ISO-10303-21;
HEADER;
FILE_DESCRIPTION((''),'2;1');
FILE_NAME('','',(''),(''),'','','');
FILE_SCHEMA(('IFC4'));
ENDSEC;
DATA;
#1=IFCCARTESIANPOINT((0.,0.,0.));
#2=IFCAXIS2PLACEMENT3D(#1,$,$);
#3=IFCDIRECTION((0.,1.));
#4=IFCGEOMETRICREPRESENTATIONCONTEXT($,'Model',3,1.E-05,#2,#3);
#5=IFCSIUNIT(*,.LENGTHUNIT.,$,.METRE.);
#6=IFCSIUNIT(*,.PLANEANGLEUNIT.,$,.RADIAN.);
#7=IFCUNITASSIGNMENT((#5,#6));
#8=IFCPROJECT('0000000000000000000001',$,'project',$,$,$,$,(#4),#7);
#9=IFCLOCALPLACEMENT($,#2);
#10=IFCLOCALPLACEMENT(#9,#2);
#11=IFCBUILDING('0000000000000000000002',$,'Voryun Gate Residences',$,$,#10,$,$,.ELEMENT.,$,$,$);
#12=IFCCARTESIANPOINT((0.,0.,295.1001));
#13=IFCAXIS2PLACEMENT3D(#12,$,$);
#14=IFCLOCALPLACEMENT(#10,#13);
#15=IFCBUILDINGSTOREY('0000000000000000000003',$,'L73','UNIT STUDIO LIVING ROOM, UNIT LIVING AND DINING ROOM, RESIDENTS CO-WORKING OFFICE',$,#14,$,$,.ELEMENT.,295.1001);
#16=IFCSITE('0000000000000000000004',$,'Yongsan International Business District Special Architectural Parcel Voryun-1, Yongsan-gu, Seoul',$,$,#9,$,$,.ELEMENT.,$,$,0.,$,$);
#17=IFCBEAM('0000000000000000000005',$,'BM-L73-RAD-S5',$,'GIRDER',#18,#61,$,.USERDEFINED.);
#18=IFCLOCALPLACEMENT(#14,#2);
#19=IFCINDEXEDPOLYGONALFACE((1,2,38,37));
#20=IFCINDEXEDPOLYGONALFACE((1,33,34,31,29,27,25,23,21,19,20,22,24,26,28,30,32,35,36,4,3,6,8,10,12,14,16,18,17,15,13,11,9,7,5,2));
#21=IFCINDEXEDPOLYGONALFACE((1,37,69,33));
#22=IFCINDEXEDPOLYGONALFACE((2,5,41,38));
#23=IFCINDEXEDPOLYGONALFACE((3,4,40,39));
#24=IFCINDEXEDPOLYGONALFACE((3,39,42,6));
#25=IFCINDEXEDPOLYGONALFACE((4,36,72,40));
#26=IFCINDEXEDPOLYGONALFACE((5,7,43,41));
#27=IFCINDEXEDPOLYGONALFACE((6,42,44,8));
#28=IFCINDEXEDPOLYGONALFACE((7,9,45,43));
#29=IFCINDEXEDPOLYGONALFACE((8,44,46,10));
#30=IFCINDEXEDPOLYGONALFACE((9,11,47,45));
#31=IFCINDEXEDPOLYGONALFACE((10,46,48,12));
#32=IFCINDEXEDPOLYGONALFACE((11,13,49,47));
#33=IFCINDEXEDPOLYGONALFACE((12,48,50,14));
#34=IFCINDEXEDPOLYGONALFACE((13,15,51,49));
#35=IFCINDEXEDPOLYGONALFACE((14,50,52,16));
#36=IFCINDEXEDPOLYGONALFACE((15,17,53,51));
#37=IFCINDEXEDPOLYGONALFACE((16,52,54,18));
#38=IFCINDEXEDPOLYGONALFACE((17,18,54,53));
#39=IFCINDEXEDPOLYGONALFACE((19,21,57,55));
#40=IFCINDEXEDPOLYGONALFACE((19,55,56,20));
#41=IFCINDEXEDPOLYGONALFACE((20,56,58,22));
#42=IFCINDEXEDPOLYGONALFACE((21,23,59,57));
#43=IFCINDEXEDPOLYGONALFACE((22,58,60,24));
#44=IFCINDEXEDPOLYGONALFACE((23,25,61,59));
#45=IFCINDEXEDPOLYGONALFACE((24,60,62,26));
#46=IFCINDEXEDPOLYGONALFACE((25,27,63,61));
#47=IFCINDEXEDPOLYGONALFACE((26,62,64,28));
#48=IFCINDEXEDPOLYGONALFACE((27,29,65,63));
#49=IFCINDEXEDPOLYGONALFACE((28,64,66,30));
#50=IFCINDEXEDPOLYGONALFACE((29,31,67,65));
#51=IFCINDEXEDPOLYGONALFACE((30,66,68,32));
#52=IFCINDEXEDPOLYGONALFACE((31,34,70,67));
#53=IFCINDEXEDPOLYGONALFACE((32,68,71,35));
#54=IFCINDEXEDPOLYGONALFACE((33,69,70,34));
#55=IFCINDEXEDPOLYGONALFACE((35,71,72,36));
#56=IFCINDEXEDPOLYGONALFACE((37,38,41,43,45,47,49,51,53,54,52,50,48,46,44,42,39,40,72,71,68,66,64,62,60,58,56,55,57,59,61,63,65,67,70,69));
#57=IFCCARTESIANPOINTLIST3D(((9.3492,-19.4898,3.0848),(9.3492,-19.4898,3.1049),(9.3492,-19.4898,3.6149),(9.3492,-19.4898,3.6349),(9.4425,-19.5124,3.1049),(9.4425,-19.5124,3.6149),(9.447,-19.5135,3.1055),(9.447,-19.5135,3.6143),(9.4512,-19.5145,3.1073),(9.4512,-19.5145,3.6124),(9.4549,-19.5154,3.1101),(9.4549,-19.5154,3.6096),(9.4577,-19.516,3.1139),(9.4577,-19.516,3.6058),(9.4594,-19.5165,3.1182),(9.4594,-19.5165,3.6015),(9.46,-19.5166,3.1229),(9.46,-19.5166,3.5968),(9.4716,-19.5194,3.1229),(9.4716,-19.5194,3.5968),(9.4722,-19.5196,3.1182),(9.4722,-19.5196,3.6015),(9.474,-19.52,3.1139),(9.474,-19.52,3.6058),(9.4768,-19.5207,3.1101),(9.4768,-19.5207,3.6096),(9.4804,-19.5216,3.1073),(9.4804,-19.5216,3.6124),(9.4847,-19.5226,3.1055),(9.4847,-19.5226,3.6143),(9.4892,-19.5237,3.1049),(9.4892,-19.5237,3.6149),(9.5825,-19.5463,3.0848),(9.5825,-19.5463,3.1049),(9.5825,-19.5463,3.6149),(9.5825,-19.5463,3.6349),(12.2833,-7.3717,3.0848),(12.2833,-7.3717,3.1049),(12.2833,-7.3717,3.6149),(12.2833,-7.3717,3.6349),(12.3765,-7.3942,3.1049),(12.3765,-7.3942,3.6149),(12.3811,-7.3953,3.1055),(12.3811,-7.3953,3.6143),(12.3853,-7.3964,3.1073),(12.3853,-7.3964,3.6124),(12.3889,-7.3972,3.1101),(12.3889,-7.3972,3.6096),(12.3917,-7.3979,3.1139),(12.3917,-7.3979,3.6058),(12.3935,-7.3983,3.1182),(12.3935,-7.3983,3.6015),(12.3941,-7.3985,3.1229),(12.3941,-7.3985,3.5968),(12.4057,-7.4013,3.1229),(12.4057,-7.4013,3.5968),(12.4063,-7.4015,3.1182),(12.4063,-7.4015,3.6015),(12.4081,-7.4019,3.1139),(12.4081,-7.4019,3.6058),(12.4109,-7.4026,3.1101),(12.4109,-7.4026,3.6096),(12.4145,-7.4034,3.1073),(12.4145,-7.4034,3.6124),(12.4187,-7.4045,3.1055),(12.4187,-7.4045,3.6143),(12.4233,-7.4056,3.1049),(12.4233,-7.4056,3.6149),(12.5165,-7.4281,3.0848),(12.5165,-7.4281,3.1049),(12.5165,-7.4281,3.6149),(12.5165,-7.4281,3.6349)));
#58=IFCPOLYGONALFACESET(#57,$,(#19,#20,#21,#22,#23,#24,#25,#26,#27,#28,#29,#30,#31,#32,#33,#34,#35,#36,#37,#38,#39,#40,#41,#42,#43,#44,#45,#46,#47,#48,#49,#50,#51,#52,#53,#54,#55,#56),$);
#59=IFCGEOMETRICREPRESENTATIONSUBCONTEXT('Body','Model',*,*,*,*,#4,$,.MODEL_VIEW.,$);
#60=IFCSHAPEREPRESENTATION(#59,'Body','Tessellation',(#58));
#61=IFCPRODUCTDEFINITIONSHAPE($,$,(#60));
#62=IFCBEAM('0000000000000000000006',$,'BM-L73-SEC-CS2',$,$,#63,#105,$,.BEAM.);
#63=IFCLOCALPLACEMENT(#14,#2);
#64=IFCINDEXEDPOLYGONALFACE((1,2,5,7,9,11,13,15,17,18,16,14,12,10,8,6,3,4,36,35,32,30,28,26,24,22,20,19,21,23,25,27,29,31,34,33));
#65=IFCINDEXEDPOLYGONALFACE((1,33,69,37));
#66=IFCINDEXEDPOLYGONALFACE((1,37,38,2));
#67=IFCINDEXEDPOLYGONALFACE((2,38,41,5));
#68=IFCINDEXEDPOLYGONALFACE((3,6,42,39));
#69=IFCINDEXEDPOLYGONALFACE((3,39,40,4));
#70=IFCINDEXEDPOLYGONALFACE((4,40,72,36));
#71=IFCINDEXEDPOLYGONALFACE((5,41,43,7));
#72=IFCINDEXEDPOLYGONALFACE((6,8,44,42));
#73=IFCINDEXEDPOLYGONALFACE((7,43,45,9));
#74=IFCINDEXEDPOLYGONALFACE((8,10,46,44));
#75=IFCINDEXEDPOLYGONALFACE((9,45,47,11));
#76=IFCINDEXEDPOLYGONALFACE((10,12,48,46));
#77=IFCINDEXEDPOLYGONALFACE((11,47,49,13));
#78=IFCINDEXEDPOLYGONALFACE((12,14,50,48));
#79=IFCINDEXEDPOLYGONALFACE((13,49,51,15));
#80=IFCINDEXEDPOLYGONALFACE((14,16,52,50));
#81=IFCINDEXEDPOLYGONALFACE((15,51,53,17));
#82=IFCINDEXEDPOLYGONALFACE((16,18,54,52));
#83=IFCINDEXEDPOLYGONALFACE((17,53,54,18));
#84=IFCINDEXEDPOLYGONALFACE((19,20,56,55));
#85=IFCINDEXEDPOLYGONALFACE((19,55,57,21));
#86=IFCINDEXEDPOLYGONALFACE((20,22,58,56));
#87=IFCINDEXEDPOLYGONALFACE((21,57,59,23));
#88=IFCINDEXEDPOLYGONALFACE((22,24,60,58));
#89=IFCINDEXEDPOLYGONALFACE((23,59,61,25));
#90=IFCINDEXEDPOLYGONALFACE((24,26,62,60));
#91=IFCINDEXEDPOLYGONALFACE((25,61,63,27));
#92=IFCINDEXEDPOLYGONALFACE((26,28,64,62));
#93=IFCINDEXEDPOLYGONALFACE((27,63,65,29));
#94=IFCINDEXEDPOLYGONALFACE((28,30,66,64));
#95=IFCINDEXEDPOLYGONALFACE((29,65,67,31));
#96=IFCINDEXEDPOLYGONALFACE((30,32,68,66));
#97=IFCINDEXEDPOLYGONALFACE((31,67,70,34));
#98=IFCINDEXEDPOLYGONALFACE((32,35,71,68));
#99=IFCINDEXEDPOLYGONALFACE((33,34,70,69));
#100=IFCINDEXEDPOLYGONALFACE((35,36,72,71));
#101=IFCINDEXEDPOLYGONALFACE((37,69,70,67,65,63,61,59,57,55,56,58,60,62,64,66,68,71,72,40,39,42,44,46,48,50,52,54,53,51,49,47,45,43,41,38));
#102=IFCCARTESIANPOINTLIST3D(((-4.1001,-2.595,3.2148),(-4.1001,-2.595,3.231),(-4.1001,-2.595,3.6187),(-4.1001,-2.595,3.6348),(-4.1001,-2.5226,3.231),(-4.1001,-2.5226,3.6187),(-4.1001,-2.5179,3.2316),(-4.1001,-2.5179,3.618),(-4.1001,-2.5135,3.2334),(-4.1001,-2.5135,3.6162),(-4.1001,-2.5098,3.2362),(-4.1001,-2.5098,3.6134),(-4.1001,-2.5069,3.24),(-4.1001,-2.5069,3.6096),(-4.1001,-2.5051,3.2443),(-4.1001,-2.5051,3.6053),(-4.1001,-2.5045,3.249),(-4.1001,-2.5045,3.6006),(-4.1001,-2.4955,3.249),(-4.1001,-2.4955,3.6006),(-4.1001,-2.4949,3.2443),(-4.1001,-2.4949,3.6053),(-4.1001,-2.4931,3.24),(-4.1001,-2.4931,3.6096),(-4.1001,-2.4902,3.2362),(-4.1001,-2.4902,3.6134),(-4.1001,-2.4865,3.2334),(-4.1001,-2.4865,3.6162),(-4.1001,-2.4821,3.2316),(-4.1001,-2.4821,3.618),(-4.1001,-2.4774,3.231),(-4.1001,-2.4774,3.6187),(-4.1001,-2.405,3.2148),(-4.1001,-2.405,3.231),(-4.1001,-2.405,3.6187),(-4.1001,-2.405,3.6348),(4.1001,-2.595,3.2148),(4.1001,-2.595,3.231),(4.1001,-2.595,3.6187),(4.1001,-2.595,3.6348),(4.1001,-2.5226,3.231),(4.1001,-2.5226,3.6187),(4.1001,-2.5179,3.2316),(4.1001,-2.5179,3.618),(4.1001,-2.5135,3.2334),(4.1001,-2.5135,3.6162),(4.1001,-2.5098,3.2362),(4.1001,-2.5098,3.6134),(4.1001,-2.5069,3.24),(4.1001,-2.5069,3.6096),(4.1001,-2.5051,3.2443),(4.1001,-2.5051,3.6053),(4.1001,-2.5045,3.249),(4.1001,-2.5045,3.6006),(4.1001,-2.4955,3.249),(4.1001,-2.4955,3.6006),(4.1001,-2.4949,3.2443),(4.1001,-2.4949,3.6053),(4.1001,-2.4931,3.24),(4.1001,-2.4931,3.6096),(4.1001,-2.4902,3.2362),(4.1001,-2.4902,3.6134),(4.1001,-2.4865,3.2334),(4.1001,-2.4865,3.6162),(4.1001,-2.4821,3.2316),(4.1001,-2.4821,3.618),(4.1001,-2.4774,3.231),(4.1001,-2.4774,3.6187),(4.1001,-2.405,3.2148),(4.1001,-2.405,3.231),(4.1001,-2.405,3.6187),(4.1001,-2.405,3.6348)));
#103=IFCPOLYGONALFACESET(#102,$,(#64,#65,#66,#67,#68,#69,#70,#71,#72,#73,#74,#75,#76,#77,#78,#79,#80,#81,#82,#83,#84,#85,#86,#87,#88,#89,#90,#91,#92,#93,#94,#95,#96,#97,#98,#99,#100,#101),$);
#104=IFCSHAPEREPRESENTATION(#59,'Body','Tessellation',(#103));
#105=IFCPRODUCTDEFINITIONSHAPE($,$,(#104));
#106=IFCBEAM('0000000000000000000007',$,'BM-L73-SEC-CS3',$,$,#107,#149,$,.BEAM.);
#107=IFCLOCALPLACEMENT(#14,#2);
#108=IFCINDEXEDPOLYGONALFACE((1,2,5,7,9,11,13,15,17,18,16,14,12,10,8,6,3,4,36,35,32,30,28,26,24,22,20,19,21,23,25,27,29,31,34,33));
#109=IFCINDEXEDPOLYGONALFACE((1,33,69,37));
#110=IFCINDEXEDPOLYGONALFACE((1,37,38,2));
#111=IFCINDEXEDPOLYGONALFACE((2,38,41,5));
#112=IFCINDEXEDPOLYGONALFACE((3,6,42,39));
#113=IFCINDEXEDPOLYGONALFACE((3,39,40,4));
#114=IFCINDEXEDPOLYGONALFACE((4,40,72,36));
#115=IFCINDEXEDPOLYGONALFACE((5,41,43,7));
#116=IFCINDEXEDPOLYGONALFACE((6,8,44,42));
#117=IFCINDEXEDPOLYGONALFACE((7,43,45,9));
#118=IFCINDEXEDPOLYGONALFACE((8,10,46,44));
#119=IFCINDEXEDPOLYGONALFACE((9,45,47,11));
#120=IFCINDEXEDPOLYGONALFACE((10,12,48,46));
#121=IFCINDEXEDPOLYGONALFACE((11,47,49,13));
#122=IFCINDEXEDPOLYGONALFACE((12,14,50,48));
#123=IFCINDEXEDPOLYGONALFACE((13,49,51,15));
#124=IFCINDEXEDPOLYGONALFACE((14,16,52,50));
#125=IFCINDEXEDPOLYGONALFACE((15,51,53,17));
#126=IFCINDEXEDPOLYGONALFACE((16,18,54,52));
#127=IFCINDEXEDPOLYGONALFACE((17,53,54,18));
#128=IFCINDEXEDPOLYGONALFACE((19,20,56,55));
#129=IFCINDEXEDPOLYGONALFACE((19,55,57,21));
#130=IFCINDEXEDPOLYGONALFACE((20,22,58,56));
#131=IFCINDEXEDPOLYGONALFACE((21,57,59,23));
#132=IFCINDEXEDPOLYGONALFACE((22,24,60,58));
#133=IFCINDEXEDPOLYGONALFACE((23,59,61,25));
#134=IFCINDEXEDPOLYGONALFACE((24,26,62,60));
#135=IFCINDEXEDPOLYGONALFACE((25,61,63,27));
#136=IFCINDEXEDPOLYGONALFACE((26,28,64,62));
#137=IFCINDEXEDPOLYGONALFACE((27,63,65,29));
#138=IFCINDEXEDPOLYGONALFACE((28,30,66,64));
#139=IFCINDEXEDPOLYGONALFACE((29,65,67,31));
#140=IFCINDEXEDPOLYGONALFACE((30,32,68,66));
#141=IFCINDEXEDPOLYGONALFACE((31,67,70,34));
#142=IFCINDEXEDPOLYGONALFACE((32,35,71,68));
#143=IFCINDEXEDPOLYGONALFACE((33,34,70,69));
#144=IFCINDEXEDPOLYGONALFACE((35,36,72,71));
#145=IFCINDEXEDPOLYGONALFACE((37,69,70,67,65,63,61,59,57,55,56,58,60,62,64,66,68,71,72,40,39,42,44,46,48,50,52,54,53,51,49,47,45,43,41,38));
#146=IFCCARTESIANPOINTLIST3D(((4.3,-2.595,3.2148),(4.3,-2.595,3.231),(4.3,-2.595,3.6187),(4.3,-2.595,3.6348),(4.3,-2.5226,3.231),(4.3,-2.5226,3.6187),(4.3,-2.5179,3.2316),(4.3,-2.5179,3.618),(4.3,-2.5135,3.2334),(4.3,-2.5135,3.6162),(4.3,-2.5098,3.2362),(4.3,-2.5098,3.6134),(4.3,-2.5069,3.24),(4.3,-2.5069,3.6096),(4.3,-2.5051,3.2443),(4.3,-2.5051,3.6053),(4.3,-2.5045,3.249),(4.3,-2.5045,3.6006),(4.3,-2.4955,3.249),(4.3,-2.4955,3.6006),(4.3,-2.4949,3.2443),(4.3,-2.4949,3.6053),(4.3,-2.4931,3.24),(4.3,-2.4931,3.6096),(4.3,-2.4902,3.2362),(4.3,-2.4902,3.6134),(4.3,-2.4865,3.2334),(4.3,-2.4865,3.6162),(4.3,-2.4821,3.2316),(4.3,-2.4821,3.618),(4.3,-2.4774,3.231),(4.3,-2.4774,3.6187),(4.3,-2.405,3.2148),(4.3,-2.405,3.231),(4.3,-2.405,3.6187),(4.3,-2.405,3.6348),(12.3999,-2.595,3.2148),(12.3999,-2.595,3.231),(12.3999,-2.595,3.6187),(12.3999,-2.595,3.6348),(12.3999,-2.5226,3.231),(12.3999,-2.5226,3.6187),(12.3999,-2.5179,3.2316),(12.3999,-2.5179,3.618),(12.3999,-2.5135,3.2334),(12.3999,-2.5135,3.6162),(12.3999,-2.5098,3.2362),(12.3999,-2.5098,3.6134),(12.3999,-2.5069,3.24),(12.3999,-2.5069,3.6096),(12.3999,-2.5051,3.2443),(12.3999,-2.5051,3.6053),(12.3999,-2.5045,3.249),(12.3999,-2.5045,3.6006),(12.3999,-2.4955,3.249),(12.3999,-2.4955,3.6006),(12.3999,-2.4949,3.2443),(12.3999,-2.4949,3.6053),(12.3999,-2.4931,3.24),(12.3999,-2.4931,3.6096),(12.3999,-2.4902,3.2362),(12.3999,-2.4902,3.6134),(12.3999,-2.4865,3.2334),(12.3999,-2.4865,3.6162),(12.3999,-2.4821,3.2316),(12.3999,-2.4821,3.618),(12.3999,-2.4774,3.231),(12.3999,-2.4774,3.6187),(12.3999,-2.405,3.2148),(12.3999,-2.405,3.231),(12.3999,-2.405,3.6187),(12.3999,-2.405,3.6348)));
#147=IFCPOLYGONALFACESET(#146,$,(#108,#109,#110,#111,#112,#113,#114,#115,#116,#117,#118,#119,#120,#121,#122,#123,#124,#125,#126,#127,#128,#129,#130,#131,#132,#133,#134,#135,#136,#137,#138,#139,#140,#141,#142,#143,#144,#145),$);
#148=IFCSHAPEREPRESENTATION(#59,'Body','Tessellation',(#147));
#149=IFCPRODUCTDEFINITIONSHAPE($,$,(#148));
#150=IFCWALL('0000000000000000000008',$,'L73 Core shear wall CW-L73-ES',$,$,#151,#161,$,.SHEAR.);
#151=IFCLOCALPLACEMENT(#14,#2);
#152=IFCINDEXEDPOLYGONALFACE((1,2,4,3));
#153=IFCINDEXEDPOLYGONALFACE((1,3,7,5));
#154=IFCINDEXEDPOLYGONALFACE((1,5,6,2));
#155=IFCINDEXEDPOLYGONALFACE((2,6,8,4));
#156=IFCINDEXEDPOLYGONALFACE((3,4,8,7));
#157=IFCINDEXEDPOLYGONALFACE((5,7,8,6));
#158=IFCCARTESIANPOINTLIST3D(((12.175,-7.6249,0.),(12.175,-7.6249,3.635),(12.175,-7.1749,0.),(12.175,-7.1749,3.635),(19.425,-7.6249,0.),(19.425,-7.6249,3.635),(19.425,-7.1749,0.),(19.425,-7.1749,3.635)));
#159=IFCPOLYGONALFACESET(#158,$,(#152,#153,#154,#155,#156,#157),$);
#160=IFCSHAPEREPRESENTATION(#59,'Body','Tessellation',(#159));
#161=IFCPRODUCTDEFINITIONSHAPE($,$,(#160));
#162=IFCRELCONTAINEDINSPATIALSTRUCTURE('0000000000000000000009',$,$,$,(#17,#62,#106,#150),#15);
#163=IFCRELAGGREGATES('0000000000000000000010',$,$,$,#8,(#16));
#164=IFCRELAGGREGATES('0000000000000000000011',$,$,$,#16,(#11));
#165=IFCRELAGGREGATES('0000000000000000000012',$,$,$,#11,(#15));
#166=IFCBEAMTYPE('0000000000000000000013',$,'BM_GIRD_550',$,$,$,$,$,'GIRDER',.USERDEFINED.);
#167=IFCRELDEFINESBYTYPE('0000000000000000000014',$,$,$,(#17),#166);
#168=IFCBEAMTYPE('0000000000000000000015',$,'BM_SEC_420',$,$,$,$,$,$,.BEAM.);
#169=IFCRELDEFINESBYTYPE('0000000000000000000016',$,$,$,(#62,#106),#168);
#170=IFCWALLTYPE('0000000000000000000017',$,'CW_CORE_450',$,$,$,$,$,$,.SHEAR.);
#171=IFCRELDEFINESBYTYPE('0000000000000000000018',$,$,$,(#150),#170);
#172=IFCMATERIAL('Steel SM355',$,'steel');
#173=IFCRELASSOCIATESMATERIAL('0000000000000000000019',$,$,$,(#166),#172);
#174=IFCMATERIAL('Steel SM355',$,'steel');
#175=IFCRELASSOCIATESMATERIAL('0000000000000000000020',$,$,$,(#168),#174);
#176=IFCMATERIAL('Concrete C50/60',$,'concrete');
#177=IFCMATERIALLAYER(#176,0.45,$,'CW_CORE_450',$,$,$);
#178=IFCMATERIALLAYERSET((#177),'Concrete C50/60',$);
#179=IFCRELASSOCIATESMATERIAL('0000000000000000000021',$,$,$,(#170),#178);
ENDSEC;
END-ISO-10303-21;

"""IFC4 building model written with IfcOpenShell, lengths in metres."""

from ifc_helpers import new_model, si_unit, direction, frame, frame_2d, origin, origin_2d, place, context, subcontext, project, spatial, rectangle, i_section, extrude, material, layer, layer_set, material_profile, profile_set, type_object, element, save


model = new_model("IFC4")

# Units and contexts
model_context = context("Model", 3, precision=1e-05, world=origin(), true_north=direction((0.0, 1.0)))
body_context = subcontext(model_context, "Body", "Model", "MODEL_VIEW")
ifc_project = project(units=[si_unit("LENGTHUNIT", "METRE"), si_unit("PLANEANGLEUNIT", "RADIAN")], contexts=[model_context])

# Site, building, storey
site_placement = place(None, origin())
site = spatial("IfcSite", under=ifc_project, at=site_placement, Name="Yongsan International Business District Special Architectural Parcel Voryun-1, Yongsan-gu, Seoul", CompositionType="ELEMENT", RefElevation=0.0)
building_placement = place(site_placement, origin())
building = spatial("IfcBuilding", under=site, at=building_placement, Name="Voryun Gate Residences", CompositionType="ELEMENT")
storey_placement = place(building_placement, frame((0.0, 0.0, 295.1001)))
storey = spatial("IfcBuildingStorey", under=building, at=storey_placement, Name="L73", Description="UNIT STUDIO LIVING ROOM, UNIT LIVING AND DINING ROOM, RESIDENTS CO-WORKING OFFICE", CompositionType="ELEMENT", Elevation=295.1001)

# Beams
ifc_material_1 = material(Name="Steel SM355", Category="steel")
ifc_material_profile_1 = material_profile(ifc_material_1, i_section(OverallWidth=0.24, OverallDepth=0.55, WebThickness=0.012, FlangeThickness=0.02, FilletRadius=0.0181, at=origin_2d()), Name="H-550x240x12x20")
ifc_profile_set_1 = profile_set([ifc_material_profile_1], Name="Steel SM355")
beam_type_1 = type_object("IfcBeamType", Name="BM_GIRD_550", ElementType="GIRDER", PredefinedType="USERDEFINED", material=ifc_profile_set_1)
beam_1_placement = place(storey_placement, frame((12.3999, -7.3999, 3.3599), z_axis=(-0.235323, -0.971917, 0.0), x_axis=(0.971917, -0.235323, 0.0)))
element("IfcBeam", 1, at=beam_1_placement, inside=storey, type_object=beam_type_1, Name="BM-L73-RAD-S5", ObjectType="GIRDER", PredefinedType="USERDEFINED", context=body_context, shape_type="SweptSolid", body=[
    extrude(i_section(OverallWidth=0.24, OverallDepth=0.55, WebThickness=0.012, FlangeThickness=0.02, FilletRadius=0.0181, at=origin_2d()), origin(), (0.0, 0.0, 1.0), 12.4683),
])
ifc_material_2 = material(Name="Steel SM355", Category="steel")
ifc_material_profile_2 = material_profile(ifc_material_2, i_section(OverallWidth=0.1899, OverallDepth=0.4199, WebThickness=0.009, FlangeThickness=0.0161, FilletRadius=0.0181, at=origin_2d()), Name="H-420x190x9x16")
ifc_profile_set_2 = profile_set([ifc_material_profile_2], Name="Steel SM355")
beam_type_2 = type_object("IfcBeamType", Name="BM_SEC_420", PredefinedType="BEAM", material=ifc_profile_set_2)
beam_2_placement = place(storey_placement, frame((-4.1001, -2.5, 3.4248), z_axis=(1.0, 0.0, 0.0), x_axis=(0.0, 1.0, 0.0)))
element("IfcBeam", 2, at=beam_2_placement, inside=storey, type_object=beam_type_2, Name="BM-L73-SEC-CS2", PredefinedType="BEAM", context=body_context, shape_type="SweptSolid", body=[
    extrude(i_section(OverallWidth=0.1899, OverallDepth=0.4199, WebThickness=0.009, FlangeThickness=0.0161, FilletRadius=0.0181, at=origin_2d()), origin(), (0.0, 0.0, 1.0), 8.2002),
])
beam_3_placement = place(storey_placement, frame((4.3, -2.5, 3.4248), z_axis=(1.0, 0.0, 0.0), x_axis=(0.0, 1.0, 0.0)))
element("IfcBeam", 3, at=beam_3_placement, inside=storey, type_object=beam_type_2, Name="BM-L73-SEC-CS3", PredefinedType="BEAM", context=body_context, shape_type="SweptSolid", body=[
    extrude(i_section(OverallWidth=0.1899, OverallDepth=0.4199, WebThickness=0.009, FlangeThickness=0.0161, FilletRadius=0.0181, at=origin_2d()), origin(), (0.0, 0.0, 1.0), 8.0999),
])

# Wall
ifc_material_3 = material(Name="Concrete C50/60", Category="concrete")
ifc_layer_1 = layer(ifc_material_3, 0.45, Name="CW_CORE_450")
ifc_layer_set_1 = layer_set([ifc_layer_1], Name="Concrete C50/60")
wall_type_1 = type_object("IfcWallType", Name="CW_CORE_450", PredefinedType="SHEAR", material=ifc_layer_set_1)
wall_1_placement = place(storey_placement, frame((12.175, -7.3999, 0.0), z_axis=(0.0, 0.0, 1.0), x_axis=(1.0, 0.0, 0.0)))
element("IfcWall", 4, at=wall_1_placement, inside=storey, type_object=wall_type_1, Name="L73 Core shear wall CW-L73-ES", PredefinedType="SHEAR", context=body_context, shape_type="SweptSolid", body=[
    extrude(rectangle(XDim=7.25, YDim=0.45, at=frame_2d((3.625, 0.0))), origin(), (0.0, 0.0, 1.0), 3.635),
])

save(model, "model.ifc")
